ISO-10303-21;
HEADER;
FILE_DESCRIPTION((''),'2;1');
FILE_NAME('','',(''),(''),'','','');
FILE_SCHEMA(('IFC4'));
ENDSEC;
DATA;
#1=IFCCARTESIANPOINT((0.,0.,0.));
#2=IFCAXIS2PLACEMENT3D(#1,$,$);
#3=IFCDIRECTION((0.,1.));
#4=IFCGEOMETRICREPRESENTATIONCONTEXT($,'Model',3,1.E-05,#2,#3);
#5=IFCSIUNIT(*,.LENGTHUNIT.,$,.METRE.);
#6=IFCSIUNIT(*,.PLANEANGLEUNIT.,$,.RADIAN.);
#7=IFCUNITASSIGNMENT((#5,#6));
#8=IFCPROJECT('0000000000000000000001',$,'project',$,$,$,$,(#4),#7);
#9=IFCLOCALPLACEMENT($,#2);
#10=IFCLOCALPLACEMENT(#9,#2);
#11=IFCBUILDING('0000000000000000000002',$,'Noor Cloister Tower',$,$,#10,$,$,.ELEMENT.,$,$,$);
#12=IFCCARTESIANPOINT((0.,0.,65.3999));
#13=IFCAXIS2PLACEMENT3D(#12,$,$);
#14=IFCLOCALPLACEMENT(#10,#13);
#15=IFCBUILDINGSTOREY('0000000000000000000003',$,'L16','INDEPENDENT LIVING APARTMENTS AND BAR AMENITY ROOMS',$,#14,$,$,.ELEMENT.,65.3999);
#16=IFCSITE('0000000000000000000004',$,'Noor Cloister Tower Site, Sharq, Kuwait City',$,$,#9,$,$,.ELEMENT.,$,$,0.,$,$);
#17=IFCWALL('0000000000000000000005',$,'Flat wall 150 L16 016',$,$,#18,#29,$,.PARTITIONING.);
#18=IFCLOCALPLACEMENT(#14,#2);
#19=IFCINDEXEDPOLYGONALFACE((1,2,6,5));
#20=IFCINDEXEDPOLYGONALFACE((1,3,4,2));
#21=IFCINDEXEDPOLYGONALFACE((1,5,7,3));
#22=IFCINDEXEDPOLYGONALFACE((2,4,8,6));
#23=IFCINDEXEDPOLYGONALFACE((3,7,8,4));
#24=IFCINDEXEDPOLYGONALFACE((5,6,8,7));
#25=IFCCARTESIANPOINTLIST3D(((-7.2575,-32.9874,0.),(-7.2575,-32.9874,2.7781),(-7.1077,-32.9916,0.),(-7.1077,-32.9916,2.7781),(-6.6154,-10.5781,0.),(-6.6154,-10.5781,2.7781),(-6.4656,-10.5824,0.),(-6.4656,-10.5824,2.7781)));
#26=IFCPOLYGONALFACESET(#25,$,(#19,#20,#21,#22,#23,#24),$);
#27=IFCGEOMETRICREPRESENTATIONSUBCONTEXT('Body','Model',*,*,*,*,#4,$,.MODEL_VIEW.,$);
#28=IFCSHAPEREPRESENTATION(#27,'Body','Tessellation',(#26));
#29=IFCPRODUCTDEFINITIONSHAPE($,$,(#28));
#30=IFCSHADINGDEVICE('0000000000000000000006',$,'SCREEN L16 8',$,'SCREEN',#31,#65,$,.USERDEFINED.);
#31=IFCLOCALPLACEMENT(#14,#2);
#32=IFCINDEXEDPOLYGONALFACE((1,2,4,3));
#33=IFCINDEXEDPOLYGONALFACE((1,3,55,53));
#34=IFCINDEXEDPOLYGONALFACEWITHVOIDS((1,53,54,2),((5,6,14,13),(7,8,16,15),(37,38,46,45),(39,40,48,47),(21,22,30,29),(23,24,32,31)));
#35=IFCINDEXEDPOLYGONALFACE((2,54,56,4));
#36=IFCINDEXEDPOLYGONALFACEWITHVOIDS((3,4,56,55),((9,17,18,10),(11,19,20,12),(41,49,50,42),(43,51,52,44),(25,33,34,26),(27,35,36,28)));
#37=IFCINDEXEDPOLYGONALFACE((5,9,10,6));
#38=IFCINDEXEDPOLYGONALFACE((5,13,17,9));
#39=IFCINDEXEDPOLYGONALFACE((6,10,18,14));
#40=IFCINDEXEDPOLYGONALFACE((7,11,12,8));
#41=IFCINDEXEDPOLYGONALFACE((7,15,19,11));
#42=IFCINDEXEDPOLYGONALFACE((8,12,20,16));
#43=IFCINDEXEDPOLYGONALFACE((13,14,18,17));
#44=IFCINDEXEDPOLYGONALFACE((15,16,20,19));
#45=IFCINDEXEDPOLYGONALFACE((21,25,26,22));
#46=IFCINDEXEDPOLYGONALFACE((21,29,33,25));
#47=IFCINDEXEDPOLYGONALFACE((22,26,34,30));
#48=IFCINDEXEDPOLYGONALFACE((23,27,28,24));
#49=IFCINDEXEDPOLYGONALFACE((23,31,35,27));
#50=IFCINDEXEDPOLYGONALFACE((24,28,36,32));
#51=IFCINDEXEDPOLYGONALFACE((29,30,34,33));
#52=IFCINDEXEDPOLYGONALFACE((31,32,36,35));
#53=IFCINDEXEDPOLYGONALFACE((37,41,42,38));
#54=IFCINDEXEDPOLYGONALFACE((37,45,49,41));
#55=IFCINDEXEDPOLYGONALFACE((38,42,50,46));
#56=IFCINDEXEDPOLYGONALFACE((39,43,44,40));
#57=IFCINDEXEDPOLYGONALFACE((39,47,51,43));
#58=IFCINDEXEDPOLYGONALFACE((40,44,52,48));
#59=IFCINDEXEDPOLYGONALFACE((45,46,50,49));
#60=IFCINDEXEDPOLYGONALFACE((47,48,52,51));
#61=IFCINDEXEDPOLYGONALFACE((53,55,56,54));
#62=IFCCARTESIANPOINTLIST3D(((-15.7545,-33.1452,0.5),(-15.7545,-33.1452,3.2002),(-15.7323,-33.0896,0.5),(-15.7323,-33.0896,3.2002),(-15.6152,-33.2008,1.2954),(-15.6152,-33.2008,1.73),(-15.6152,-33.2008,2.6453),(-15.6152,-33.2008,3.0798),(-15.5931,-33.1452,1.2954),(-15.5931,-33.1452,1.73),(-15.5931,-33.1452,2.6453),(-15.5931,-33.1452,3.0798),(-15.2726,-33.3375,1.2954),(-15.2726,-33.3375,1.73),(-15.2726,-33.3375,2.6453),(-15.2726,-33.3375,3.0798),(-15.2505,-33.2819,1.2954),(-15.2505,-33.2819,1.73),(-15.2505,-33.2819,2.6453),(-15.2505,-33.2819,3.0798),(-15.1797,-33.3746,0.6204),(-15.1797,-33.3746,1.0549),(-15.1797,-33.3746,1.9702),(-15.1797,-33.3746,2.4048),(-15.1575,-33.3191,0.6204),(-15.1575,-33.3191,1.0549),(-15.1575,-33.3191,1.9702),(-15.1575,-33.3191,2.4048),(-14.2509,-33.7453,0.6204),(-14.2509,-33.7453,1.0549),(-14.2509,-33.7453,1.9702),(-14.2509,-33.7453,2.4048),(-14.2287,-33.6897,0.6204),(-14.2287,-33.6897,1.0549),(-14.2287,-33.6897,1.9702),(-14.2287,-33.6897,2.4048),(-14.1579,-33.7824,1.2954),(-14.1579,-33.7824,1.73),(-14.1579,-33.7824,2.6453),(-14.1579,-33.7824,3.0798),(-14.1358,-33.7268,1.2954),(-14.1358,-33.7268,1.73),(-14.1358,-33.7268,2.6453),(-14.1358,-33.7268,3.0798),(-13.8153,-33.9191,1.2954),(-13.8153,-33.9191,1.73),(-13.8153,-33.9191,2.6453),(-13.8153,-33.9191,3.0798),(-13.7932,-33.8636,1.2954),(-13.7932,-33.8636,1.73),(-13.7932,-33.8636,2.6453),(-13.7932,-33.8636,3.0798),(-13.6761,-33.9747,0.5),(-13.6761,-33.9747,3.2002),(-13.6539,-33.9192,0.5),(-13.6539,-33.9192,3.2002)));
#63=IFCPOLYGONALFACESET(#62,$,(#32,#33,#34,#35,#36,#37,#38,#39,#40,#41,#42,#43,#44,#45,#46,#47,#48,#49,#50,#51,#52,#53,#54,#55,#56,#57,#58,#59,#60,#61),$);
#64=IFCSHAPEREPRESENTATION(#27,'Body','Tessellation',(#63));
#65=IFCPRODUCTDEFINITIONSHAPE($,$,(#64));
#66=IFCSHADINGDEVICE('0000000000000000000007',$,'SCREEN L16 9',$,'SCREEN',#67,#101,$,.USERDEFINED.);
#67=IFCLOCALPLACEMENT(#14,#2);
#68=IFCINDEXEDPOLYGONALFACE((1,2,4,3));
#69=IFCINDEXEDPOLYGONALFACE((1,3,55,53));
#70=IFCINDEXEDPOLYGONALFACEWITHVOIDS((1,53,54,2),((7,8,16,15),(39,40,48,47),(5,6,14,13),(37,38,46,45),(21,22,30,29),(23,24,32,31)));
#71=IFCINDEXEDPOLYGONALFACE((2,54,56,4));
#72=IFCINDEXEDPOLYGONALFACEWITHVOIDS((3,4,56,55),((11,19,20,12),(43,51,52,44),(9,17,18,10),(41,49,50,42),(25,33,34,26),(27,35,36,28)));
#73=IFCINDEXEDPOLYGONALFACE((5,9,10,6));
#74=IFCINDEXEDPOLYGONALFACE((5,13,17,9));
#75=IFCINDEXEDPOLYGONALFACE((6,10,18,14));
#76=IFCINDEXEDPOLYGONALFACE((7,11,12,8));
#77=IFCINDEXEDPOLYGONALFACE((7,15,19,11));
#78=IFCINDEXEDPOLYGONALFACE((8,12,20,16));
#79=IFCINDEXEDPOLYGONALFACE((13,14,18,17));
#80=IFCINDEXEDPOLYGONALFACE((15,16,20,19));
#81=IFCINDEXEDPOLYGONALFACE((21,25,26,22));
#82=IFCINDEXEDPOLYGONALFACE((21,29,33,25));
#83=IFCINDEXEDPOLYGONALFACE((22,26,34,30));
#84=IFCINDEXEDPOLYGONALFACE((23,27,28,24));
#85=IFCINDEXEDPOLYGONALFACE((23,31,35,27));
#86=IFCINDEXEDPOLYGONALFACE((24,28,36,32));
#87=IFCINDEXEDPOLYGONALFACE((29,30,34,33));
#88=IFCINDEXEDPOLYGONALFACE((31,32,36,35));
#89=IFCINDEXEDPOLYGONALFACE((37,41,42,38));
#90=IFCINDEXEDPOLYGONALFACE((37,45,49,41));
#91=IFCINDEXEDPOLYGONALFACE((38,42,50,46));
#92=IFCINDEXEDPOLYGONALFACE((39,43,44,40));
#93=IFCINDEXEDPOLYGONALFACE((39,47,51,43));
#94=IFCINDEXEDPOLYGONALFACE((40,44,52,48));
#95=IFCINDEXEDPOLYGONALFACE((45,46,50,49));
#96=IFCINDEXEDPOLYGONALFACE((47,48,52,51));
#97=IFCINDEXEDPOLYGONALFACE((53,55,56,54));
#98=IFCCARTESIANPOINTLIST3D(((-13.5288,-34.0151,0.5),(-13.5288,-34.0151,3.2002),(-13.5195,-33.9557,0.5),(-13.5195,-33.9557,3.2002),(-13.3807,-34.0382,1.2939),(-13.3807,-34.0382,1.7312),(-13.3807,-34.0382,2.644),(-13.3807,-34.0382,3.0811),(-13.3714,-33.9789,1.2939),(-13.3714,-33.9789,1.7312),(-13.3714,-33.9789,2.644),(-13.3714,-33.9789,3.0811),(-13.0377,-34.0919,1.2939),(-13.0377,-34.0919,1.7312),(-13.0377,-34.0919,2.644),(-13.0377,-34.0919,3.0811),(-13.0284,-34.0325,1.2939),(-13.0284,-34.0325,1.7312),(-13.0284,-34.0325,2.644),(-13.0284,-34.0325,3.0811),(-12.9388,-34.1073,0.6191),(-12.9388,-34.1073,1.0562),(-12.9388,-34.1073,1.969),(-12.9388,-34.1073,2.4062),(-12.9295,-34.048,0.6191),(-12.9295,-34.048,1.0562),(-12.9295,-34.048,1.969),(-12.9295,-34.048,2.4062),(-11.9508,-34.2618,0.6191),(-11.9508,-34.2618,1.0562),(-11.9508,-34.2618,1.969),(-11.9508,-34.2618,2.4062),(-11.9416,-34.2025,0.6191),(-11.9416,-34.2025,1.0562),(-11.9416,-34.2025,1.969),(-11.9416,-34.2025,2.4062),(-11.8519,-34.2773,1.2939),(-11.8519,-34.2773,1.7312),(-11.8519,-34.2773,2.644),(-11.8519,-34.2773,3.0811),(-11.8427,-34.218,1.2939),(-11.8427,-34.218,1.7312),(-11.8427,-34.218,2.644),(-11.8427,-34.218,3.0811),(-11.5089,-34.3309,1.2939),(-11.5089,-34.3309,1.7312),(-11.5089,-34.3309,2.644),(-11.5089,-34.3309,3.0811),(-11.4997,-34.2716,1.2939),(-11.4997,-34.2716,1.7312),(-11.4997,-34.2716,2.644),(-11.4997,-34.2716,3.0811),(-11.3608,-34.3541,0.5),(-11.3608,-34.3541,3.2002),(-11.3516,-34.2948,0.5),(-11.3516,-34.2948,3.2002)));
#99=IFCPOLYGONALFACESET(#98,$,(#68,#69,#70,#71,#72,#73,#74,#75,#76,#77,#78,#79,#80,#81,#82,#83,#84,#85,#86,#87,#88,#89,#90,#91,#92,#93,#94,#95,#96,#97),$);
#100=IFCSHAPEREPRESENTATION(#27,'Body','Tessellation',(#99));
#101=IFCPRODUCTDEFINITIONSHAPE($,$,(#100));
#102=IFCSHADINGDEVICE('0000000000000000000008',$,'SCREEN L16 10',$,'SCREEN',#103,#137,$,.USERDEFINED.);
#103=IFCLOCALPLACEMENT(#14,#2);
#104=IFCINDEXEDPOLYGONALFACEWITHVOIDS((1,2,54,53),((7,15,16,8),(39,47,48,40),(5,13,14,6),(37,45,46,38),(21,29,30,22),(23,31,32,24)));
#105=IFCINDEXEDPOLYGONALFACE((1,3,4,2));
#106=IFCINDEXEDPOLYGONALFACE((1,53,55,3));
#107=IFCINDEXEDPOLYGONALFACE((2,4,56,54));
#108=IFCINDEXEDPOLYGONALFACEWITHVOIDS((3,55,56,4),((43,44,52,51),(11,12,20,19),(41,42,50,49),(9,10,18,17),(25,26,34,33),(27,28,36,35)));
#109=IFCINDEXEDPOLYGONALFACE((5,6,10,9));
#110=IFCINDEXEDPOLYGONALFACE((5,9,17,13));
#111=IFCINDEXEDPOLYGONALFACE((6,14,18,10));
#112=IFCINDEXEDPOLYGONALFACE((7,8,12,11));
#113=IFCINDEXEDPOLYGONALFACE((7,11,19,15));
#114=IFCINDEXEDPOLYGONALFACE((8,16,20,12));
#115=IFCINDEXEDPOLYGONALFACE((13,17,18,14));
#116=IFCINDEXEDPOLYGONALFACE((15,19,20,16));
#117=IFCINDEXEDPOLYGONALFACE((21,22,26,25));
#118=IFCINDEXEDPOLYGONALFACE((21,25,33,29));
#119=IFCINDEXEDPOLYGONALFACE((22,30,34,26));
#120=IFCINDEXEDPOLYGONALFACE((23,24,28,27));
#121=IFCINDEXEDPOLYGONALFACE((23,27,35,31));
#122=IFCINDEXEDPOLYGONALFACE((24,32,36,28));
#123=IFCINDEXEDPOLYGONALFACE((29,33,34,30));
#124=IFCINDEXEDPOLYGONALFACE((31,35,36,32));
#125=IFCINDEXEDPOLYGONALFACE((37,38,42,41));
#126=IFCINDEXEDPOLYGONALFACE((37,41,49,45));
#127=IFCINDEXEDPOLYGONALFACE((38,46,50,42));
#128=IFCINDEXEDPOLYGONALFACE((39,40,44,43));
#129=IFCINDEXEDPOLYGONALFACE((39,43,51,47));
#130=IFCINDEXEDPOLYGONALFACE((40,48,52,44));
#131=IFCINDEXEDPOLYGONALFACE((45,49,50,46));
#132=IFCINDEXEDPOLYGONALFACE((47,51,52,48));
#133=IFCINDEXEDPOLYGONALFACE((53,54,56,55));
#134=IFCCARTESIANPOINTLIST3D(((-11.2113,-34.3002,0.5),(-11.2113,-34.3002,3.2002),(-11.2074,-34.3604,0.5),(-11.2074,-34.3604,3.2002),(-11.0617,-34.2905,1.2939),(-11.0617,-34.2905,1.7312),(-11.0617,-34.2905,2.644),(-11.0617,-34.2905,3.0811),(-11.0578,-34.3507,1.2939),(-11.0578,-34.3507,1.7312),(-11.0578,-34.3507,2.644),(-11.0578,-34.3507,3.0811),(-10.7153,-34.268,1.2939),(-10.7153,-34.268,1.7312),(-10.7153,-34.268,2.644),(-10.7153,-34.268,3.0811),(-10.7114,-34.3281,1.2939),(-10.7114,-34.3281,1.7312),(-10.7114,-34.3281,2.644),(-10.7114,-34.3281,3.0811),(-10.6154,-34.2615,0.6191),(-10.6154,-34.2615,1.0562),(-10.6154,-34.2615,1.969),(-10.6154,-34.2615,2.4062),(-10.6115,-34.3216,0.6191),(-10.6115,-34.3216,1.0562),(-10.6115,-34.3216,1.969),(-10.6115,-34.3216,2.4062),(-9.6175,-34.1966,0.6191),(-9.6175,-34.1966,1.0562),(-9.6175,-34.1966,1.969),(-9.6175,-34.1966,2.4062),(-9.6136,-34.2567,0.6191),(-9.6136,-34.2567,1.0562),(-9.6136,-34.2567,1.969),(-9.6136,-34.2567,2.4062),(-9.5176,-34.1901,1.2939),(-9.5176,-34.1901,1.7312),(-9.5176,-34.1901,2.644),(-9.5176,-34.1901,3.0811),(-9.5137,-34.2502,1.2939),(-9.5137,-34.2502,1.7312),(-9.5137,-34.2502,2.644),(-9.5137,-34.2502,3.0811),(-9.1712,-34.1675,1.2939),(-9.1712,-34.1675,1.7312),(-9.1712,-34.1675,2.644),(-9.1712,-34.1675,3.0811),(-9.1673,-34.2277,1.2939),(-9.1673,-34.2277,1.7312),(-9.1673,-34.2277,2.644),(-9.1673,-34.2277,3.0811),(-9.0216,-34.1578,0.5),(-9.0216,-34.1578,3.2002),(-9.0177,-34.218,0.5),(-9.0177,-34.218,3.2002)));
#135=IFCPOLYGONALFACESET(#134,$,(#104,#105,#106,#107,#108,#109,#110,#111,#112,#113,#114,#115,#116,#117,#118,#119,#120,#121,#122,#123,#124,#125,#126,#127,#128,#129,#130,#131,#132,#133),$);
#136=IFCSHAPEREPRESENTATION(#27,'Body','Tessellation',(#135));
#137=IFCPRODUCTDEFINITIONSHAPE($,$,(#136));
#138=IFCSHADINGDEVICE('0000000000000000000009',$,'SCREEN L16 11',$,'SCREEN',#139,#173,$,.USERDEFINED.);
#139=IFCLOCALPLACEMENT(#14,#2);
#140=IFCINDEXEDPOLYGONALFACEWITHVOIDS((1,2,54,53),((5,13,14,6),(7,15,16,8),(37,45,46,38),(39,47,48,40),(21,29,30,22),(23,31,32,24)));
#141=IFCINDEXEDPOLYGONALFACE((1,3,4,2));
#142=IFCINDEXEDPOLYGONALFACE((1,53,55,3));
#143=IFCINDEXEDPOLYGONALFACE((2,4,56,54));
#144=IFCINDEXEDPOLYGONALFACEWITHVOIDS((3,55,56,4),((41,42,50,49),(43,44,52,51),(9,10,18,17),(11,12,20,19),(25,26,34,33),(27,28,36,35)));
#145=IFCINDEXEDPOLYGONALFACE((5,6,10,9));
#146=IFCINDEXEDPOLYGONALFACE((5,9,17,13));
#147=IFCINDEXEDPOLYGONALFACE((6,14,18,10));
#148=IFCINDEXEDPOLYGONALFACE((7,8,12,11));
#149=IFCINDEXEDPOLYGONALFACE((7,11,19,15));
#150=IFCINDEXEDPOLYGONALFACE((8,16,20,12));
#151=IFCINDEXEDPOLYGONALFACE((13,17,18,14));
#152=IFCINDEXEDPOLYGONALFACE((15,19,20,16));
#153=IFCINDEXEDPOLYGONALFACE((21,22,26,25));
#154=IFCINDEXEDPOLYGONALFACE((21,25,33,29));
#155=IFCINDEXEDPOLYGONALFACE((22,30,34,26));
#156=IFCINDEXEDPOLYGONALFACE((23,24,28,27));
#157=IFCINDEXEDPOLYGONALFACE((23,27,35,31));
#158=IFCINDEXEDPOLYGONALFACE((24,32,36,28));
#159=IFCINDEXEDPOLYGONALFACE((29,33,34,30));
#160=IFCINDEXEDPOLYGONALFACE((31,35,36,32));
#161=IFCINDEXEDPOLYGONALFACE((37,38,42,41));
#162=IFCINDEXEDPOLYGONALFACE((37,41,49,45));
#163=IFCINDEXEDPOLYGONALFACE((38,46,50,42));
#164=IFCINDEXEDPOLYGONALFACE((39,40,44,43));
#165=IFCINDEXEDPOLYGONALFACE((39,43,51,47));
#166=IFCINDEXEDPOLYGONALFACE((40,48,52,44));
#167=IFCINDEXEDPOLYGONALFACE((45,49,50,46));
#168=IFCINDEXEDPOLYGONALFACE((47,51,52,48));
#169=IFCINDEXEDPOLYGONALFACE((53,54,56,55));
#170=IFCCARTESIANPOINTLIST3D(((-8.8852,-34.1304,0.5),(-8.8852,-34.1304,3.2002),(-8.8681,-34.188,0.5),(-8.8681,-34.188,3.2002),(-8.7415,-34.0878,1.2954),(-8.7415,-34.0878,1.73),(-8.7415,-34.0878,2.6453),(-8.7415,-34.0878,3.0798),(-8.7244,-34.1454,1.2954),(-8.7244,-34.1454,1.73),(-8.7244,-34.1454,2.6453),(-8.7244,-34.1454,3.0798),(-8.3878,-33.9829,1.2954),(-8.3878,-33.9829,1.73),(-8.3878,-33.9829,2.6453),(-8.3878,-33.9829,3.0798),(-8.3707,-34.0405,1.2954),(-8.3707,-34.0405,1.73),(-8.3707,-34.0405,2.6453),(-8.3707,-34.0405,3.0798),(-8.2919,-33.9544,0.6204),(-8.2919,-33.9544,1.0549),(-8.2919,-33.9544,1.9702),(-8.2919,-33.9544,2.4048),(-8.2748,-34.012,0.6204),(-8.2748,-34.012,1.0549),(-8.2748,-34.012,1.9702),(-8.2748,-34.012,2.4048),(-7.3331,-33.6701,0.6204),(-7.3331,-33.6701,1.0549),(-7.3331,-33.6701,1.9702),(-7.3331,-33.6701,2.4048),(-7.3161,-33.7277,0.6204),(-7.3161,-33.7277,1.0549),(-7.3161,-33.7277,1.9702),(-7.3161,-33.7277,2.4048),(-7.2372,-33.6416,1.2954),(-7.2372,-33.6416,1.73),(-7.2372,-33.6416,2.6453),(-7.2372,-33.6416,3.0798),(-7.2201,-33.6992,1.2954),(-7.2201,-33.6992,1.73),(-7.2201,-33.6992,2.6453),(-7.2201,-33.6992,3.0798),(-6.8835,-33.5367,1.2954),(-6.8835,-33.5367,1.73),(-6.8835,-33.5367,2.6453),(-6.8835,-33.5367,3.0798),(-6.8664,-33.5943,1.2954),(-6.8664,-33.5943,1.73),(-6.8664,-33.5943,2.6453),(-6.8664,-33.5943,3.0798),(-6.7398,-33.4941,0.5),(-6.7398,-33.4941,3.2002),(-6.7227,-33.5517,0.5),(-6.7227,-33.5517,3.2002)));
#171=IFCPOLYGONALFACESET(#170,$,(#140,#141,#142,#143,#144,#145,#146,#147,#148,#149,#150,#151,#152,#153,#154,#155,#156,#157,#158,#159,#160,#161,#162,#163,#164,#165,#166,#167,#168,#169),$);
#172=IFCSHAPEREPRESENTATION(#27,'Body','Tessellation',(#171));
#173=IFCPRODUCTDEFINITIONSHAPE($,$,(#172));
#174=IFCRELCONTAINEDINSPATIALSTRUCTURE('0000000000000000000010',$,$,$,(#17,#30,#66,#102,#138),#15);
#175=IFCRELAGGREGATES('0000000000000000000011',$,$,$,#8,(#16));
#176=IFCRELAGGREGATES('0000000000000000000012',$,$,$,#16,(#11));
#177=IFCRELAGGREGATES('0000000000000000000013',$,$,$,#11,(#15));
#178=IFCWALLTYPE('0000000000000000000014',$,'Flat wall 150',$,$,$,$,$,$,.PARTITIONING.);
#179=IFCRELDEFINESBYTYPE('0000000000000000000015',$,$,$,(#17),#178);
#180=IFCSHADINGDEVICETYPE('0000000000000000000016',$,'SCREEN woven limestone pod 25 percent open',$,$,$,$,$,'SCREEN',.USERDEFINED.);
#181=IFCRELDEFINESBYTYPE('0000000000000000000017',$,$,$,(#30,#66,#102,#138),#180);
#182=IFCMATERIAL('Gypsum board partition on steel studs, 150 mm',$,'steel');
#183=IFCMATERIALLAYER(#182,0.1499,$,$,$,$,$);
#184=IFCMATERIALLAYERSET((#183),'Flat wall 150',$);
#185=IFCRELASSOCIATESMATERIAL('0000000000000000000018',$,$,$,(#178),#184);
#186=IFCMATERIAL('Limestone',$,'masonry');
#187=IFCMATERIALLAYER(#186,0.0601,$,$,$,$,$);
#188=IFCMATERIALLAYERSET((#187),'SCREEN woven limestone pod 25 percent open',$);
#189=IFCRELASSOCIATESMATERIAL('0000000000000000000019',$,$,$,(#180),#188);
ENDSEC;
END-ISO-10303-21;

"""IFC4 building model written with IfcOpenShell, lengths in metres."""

from ifc_helpers import new_model, si_unit, direction, frame, frame_2d, origin, place, context, subcontext, project, spatial, polyline, rectangle, outline, extrude, material, layer, layer_set, type_object, element, save


model = new_model("IFC4")

# Units and contexts
model_context = context("Model", 3, precision=1e-05, world=origin(), true_north=direction((0.0, 1.0)))
body_context = subcontext(model_context, "Body", "Model", "MODEL_VIEW")
ifc_project = project(units=[si_unit("LENGTHUNIT", "METRE"), si_unit("PLANEANGLEUNIT", "RADIAN")], contexts=[model_context])

# Site, building, storey
site_placement = place(None, origin())
site = spatial("IfcSite", under=ifc_project, at=site_placement, Name="Noor Cloister Tower Site, Sharq, Kuwait City", CompositionType="ELEMENT", RefElevation=0.0)
building_placement = place(site_placement, origin())
building = spatial("IfcBuilding", under=site, at=building_placement, Name="Noor Cloister Tower", CompositionType="ELEMENT")
storey_placement = place(building_placement, frame((0.0, 0.0, 65.3999)))
storey = spatial("IfcBuildingStorey", under=building, at=storey_placement, Name="L16", Description="INDEPENDENT LIVING APARTMENTS AND BAR AMENITY ROOMS", CompositionType="ELEMENT", Elevation=65.3999)

# Wall
ifc_material_1 = material(Name="Gypsum board partition on steel studs, 150 mm", Category="steel")
ifc_layer_1 = layer(ifc_material_1, 0.1499)
ifc_layer_set_1 = layer_set([ifc_layer_1], Name="Flat wall 150")
wall_type = type_object("IfcWallType", Name="Flat wall 150", PredefinedType="PARTITIONING", material=ifc_layer_set_1)
wall_placement = place(storey_placement, frame((-7.1826, -32.9895, 0.0), z_axis=(0.0, 0.0, 1.0), x_axis=(0.028641, 0.99959, 0.0)))
element("IfcWall", 1, at=wall_placement, inside=storey, type_object=wall_type, Name="Flat wall 150 L16 016", PredefinedType="PARTITIONING", context=body_context, shape_type="SweptSolid", body=[
    extrude(rectangle(XDim=22.4185, YDim=0.1499, at=frame_2d((11.2092, 0.0))), origin(), (0.0, 0.0, 1.0), 2.7781),
])

# Shading devices
ifc_material_2 = material(Name="Limestone", Category="masonry")
ifc_layer_2 = layer(ifc_material_2, 0.0601)
ifc_layer_set_2 = layer_set([ifc_layer_2], Name="SCREEN woven limestone pod 25 percent open")
shading_device_type = type_object("IfcShadingDeviceType", Name="SCREEN woven limestone pod 25 percent open", ElementType="SCREEN", PredefinedType="USERDEFINED", material=ifc_layer_set_2)
shading_device_1_placement = place(storey_placement, frame((-14.6931, -33.5044, 1.8501), z_axis=(-0.370688, -0.928757, 0.0), x_axis=(0.928757, -0.370688, 0.0)))
element("IfcShadingDevice", 2, at=shading_device_1_placement, inside=storey, type_object=shading_device_type, Name="SCREEN L16 8", ObjectType="SCREEN", PredefinedType="USERDEFINED", context=body_context, shape_type="SweptSolid", body=[
    extrude(outline(polyline([(-1.1189, -1.3501), (1.1189, -1.3501), (1.1189, 1.3501), (-1.1189, 1.3501), (-1.1189, -1.3501)]), holes=[polyline([(-0.5, -1.2297), (0.5, -1.2297), (0.5, -0.7952), (-0.5, -0.7952), (-0.5, -1.2297)]), polyline([(0.6001, -0.5547), (0.969, -0.5547), (0.969, -0.1201), (0.6001, -0.1201), (0.6001, -0.5547)]), polyline([(-0.969, -0.5547), (-0.6001, -0.5547), (-0.6001, -0.1201), (-0.969, -0.1201), (-0.969, -0.5547)]), polyline([(-0.5, 0.1201), (0.5, 0.1201), (0.5, 0.5547), (-0.5, 0.5547), (-0.5, 0.1201)]), polyline([(0.6001, 0.7952), (0.969, 0.7952), (0.969, 1.2297), (0.6001, 1.2297), (0.6001, 0.7952)]), polyline([(-0.969, 0.7952), (-0.6001, 0.7952), (-0.6001, 1.2297), (-0.969, 1.2297), (-0.969, 0.7952)])]), origin(), (0.0, 0.0, 1.0), 0.0598),
])
shading_device_2_placement = place(storey_placement, frame((-12.4355, -34.1252, 1.8501), z_axis=(-0.154501, -0.987993, 0.0), x_axis=(0.987993, -0.154501, 0.0)))
element("IfcShadingDevice", 3, at=shading_device_2_placement, inside=storey, type_object=shading_device_type, Name="SCREEN L16 9", ObjectType="SCREEN", PredefinedType="USERDEFINED", context=body_context, shape_type="SweptSolid", body=[
    extrude(outline(polyline([(-1.0972, -1.3501), (1.0972, -1.3501), (1.0972, 1.3501), (-1.0972, 1.3501), (-1.0972, -1.3501)]), holes=[polyline([(-0.5, -1.231), (0.5, -1.231), (0.5, -0.7939), (-0.5, -0.7939), (-0.5, -1.231)]), polyline([(0.6001, -0.5562), (0.9473, -0.5562), (0.9473, -0.1189), (0.6001, -0.1189), (0.6001, -0.5562)]), polyline([(-0.9473, -0.5562), (-0.6001, -0.5562), (-0.6001, -0.1189), (-0.9473, -0.1189), (-0.9473, -0.5562)]), polyline([(-0.5, 0.1189), (0.5, 0.1189), (0.5, 0.5562), (-0.5, 0.5562), (-0.5, 0.1189)]), polyline([(0.6001, 0.7939), (0.9473, 0.7939), (0.9473, 1.231), (0.6001, 1.231), (0.6001, 0.7939)]), polyline([(-0.9473, 0.7939), (-0.6001, 0.7939), (-0.6001, 1.231), (-0.9473, 1.231), (-0.9473, 0.7939)])]), origin(), (0.0, 0.0, 1.0), 0.0601),
])
shading_device_3_placement = place(storey_placement, frame((-10.1165, -34.229, 1.8501), z_axis=(0.064904, -0.997892, 0.0), x_axis=(0.997892, 0.064904, 0.0)))
element("IfcShadingDevice", 4, at=shading_device_3_placement, inside=storey, type_object=shading_device_type, Name="SCREEN L16 10", ObjectType="SCREEN", PredefinedType="USERDEFINED", context=body_context, shape_type="SweptSolid", body=[
    extrude(outline(polyline([(-1.0972, -1.3501), (1.0972, -1.3501), (1.0972, 1.3501), (-1.0972, 1.3501), (-1.0972, -1.3501)]), holes=[polyline([(-0.5, -1.231), (0.5, -1.231), (0.5, -0.7939), (-0.5, -0.7939), (-0.5, -1.231)]), polyline([(0.6001, -0.5562), (0.9473, -0.5562), (0.9473, -0.1189), (0.6001, -0.1189), (0.6001, -0.5562)]), polyline([(-0.9473, -0.5562), (-0.6001, -0.5562), (-0.6001, -0.1189), (-0.9473, -0.1189), (-0.9473, -0.5562)]), polyline([(-0.5, 0.1189), (0.5, 0.1189), (0.5, 0.5562), (-0.5, 0.5562), (-0.5, 0.1189)]), polyline([(0.6001, 0.7939), (0.9473, 0.7939), (0.9473, 1.231), (0.6001, 1.231), (0.6001, 0.7939)]), polyline([(-0.9473, 0.7939), (-0.6001, 0.7939), (-0.6001, 1.231), (-0.9473, 1.231), (-0.9473, 0.7939)])]), origin(), (0.0, 0.0, 1.0), 0.0603),
])
shading_device_4_placement = place(storey_placement, frame((-7.8125, -33.8123, 1.8501), z_axis=(0.284365, -0.958716, 0.0), x_axis=(0.958716, 0.284365, 0.0)))
element("IfcShadingDevice", 5, at=shading_device_4_placement, inside=storey, type_object=shading_device_type, Name="SCREEN L16 11", ObjectType="SCREEN", PredefinedType="USERDEFINED", context=body_context, shape_type="SweptSolid", body=[
    extrude(outline(polyline([(-1.1189, -1.3501), (1.1189, -1.3501), (1.1189, 1.3501), (-1.1189, 1.3501), (-1.1189, -1.3501)]), holes=[polyline([(-0.5, -1.2297), (0.5, -1.2297), (0.5, -0.7952), (-0.5, -0.7952), (-0.5, -1.2297)]), polyline([(0.6001, -0.5547), (0.969, -0.5547), (0.969, -0.1201), (0.6001, -0.1201), (0.6001, -0.5547)]), polyline([(-0.969, -0.5547), (-0.6001, -0.5547), (-0.6001, -0.1201), (-0.969, -0.1201), (-0.969, -0.5547)]), polyline([(-0.5, 0.1201), (0.5, 0.1201), (0.5, 0.5547), (-0.5, 0.5547), (-0.5, 0.1201)]), polyline([(0.6001, 0.7952), (0.969, 0.7952), (0.969, 1.2297), (0.6001, 1.2297), (0.6001, 0.7952)]), polyline([(-0.969, 0.7952), (-0.6001, 0.7952), (-0.6001, 1.2297), (-0.969, 1.2297), (-0.969, 0.7952)])]), origin(), (0.0, 0.0, 1.0), 0.0601),
])

save(model, "model.ifc")
